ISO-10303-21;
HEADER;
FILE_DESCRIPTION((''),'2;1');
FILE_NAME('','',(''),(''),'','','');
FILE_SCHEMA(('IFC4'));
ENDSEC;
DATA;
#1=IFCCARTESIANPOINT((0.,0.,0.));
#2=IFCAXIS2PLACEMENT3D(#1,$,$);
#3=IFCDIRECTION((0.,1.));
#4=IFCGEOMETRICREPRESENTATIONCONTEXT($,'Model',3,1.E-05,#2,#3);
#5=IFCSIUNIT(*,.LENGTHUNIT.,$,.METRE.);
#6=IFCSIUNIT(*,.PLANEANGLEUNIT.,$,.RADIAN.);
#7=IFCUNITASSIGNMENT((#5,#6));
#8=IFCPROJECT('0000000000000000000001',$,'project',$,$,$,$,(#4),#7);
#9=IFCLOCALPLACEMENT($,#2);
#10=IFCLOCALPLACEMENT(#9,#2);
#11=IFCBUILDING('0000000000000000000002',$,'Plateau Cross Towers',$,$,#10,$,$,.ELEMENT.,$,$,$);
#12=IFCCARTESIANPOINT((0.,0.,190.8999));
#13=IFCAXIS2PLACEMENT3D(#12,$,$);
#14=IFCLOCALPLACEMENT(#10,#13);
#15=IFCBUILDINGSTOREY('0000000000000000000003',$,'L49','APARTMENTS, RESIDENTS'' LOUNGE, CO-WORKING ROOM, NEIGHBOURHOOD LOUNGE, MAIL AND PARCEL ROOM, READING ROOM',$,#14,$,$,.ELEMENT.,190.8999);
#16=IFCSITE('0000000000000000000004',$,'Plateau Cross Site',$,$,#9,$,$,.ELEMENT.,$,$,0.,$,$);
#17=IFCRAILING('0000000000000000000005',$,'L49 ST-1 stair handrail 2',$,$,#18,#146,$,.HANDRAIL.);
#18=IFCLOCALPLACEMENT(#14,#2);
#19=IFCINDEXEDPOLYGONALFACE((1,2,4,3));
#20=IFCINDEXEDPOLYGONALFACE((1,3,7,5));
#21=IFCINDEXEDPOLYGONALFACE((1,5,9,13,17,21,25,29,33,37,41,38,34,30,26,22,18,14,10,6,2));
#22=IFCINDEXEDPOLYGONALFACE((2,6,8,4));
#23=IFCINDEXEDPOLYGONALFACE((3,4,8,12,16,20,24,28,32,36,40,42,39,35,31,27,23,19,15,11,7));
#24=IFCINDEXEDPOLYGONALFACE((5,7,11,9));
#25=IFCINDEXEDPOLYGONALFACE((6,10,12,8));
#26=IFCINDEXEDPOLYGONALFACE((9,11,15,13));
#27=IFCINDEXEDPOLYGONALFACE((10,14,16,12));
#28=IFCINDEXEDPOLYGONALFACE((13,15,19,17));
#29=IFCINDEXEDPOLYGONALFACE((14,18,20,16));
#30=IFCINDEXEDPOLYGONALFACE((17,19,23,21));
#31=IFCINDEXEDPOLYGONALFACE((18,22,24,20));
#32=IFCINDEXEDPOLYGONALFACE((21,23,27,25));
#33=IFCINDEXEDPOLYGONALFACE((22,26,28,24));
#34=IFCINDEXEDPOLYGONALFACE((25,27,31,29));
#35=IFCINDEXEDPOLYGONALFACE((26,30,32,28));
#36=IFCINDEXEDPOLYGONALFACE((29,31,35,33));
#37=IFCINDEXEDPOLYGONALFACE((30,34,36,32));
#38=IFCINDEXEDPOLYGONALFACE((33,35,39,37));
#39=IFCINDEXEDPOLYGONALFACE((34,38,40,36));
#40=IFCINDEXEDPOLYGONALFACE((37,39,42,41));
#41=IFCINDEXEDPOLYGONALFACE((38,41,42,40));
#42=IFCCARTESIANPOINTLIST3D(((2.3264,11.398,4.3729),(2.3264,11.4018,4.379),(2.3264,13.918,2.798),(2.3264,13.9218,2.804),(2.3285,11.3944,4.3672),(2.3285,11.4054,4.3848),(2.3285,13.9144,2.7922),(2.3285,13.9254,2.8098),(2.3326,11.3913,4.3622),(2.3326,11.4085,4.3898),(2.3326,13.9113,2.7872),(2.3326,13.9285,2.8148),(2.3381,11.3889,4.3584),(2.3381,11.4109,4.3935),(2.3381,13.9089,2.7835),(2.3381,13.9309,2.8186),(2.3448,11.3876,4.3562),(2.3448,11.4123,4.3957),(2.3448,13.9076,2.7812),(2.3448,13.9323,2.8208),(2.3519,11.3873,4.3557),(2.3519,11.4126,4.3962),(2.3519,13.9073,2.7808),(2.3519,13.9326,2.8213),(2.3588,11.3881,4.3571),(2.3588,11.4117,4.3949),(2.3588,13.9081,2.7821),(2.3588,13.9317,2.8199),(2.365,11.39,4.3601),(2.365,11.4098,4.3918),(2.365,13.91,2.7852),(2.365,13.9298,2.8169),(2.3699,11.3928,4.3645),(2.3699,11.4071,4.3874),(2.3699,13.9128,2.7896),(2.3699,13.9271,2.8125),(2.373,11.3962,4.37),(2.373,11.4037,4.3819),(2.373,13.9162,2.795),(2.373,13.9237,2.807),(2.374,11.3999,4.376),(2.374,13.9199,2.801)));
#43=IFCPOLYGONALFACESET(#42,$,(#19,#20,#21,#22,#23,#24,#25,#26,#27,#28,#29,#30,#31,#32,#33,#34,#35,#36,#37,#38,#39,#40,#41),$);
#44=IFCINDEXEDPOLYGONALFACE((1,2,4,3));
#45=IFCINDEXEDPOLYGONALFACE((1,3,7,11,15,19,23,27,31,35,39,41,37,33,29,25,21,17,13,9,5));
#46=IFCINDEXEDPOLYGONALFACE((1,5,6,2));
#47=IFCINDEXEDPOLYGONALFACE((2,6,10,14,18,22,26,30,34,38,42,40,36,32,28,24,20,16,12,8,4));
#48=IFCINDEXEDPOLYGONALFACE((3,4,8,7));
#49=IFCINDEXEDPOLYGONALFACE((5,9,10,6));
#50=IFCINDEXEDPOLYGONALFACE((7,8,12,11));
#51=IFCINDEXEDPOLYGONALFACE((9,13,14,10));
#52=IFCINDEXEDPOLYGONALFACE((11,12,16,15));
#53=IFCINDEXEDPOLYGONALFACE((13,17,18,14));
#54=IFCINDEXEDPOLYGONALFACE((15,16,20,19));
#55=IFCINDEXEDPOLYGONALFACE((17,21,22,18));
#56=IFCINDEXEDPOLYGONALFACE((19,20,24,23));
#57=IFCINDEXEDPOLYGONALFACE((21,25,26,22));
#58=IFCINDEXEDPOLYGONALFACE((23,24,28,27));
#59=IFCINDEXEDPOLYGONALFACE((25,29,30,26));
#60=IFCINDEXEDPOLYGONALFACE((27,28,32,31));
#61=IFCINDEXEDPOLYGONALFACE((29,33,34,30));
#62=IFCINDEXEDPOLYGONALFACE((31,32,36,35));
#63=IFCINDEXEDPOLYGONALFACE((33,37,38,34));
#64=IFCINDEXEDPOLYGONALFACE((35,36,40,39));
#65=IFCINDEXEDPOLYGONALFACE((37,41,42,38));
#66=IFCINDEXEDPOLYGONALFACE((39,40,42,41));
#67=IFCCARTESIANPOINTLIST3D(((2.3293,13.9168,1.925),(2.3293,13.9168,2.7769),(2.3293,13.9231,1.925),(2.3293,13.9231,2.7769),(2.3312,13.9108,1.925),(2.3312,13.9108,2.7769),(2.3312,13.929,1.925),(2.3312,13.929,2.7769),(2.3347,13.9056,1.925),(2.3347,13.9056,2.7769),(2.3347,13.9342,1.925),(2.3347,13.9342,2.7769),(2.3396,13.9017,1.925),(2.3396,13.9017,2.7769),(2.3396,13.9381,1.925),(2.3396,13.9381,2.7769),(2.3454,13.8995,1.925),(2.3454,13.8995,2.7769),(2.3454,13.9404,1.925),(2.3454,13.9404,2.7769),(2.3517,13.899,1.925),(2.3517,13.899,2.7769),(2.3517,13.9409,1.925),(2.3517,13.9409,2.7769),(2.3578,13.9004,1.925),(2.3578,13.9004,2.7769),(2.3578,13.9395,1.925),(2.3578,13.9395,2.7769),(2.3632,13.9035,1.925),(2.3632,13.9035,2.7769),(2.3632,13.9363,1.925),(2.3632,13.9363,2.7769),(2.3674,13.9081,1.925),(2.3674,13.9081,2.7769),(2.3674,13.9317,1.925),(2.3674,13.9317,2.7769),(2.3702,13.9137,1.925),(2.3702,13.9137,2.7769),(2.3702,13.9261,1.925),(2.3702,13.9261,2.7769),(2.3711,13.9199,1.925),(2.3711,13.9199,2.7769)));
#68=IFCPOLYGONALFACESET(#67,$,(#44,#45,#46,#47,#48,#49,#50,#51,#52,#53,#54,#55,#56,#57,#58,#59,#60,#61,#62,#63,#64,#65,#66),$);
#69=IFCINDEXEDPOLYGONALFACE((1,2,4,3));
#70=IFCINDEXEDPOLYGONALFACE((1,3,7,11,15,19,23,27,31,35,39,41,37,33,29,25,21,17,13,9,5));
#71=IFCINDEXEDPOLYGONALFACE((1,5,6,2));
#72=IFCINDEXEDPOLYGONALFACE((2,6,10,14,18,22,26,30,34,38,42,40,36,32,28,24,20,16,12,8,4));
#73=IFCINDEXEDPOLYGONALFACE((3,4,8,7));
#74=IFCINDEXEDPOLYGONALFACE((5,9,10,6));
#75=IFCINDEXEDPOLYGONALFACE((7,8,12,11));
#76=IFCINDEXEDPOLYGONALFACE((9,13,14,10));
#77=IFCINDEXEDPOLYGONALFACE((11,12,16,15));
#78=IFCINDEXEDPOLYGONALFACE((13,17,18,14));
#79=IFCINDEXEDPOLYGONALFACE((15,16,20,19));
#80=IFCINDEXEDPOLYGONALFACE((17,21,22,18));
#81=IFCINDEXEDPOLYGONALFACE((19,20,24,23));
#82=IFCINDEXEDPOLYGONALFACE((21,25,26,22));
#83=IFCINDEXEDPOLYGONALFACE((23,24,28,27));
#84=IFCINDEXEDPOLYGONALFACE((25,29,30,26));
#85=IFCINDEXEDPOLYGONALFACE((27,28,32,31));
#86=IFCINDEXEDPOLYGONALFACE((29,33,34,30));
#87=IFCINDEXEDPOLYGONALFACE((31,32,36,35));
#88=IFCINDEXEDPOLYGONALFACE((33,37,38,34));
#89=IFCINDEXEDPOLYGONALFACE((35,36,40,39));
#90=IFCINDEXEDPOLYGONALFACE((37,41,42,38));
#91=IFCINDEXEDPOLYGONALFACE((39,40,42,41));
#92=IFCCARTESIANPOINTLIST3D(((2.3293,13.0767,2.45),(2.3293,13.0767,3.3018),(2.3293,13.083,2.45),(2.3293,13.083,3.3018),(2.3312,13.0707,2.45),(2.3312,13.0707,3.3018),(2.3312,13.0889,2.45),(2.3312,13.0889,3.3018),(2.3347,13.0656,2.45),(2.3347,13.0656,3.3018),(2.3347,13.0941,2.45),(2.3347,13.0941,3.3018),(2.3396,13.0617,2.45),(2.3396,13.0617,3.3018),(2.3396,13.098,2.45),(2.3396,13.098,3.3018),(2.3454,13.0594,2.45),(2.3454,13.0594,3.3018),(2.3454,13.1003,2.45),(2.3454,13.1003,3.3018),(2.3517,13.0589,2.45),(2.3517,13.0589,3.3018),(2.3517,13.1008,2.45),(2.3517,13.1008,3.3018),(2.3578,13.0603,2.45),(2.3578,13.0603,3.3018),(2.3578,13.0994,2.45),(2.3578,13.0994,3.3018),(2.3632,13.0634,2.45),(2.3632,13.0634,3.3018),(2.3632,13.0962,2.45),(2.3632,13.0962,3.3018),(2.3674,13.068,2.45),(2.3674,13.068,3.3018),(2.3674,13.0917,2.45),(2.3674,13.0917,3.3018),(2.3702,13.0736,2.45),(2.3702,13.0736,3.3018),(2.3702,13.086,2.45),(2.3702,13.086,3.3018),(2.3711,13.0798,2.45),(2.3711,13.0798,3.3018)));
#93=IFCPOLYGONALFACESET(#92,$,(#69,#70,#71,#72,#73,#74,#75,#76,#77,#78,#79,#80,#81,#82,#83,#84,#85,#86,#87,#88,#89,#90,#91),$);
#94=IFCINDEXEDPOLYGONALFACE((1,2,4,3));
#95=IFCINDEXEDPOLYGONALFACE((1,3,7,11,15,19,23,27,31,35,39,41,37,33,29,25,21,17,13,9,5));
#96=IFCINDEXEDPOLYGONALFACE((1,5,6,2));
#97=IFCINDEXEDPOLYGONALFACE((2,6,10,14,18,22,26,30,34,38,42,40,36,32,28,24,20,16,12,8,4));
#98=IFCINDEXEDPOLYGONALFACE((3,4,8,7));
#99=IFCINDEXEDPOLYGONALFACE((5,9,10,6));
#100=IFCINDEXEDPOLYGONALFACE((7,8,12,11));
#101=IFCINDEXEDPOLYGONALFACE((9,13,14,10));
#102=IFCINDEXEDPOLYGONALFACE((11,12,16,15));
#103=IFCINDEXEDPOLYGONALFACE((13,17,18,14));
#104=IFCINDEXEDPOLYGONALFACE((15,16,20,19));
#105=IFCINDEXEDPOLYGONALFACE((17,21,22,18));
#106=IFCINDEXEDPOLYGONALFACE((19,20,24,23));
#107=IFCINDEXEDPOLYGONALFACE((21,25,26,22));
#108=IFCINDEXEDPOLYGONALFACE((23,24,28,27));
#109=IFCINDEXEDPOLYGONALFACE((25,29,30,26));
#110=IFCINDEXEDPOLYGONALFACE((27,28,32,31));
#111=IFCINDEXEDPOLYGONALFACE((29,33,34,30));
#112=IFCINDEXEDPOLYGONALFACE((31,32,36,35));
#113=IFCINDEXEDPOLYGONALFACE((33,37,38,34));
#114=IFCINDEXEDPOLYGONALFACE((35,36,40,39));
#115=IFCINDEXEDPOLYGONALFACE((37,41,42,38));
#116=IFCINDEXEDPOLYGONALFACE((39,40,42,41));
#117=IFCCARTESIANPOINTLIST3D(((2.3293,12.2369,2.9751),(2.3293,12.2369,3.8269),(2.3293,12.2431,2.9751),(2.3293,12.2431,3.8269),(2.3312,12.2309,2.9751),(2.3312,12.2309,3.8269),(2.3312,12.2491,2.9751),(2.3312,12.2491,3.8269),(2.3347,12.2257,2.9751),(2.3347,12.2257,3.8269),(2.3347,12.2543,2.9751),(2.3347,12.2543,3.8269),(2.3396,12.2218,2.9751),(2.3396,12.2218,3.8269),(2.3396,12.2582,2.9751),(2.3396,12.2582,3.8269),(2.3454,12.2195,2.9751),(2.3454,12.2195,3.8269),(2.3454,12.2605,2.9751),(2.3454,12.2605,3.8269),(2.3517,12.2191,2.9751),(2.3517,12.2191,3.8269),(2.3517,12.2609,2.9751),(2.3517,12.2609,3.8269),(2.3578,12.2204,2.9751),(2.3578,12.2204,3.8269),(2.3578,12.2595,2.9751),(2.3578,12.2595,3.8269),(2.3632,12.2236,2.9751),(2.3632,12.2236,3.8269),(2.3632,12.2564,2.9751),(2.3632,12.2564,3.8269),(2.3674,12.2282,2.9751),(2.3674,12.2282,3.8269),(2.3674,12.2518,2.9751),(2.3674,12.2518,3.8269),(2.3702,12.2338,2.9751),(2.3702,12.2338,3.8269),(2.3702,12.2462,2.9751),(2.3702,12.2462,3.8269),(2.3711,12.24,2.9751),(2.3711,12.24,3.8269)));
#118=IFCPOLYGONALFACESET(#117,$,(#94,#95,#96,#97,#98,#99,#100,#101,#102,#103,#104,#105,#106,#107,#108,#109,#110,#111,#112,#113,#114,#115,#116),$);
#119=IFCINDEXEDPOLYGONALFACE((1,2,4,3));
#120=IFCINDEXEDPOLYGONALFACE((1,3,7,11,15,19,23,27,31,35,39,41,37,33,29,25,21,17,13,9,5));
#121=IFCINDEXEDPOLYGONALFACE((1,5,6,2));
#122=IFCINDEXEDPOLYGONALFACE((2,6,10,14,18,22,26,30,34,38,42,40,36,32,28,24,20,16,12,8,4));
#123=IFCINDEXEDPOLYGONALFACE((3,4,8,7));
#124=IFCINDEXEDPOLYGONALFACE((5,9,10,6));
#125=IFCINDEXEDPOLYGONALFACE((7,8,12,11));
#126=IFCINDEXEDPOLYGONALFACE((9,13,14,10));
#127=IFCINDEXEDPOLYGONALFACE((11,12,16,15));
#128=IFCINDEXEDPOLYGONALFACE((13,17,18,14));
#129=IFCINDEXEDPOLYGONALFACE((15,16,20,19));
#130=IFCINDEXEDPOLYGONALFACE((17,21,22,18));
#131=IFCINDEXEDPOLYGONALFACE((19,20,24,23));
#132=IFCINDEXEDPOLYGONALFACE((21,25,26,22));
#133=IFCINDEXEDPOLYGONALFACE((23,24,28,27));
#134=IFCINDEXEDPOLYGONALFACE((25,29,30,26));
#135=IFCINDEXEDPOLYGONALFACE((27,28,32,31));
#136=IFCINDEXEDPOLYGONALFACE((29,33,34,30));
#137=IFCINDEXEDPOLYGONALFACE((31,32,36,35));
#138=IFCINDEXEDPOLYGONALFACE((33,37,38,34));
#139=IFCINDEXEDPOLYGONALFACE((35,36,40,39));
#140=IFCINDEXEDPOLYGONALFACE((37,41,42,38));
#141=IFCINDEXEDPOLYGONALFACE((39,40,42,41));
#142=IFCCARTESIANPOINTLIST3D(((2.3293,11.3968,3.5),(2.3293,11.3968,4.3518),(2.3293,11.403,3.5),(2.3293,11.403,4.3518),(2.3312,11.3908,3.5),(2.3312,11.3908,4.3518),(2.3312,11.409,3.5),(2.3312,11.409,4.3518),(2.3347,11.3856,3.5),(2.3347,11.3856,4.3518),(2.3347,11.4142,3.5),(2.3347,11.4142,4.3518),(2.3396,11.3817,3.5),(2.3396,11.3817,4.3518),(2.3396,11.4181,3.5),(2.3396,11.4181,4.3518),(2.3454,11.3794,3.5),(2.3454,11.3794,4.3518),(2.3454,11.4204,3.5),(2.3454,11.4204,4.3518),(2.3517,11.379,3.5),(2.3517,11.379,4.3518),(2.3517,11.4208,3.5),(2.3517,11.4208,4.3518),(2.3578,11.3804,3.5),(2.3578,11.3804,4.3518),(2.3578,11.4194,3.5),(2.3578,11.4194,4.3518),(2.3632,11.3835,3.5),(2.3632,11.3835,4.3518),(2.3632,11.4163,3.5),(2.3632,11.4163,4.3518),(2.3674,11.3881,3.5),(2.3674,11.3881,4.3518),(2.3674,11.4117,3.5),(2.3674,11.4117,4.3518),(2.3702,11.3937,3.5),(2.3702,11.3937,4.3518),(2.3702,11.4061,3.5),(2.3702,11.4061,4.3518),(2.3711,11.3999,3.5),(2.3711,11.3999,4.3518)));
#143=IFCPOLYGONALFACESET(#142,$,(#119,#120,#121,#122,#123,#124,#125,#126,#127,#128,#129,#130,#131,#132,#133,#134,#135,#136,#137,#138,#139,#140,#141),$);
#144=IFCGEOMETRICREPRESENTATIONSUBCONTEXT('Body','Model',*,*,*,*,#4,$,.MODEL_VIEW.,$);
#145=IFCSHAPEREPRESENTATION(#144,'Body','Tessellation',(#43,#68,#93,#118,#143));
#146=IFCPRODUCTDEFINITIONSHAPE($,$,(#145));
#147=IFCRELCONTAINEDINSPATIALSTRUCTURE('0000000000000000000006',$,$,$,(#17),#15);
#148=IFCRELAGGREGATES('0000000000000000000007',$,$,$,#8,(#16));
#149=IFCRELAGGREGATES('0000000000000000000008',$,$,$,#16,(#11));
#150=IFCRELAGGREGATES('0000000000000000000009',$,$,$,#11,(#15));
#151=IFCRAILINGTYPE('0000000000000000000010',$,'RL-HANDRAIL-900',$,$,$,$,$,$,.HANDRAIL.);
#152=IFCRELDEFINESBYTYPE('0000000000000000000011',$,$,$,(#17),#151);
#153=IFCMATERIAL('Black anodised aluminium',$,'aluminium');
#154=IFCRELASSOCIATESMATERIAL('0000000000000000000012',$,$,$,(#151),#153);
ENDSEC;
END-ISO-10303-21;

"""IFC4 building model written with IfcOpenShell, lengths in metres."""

from ifc_helpers import new_model, si_unit, direction, frame, origin, origin_2d, place, context, subcontext, project, spatial, circle, extrude, material, type_object, element, save


model = new_model("IFC4")

# Units and contexts
model_context = context("Model", 3, precision=1e-05, world=origin(), true_north=direction((0.0, 1.0)))
body_context = subcontext(model_context, "Body", "Model", "MODEL_VIEW")
ifc_project = project(units=[si_unit("LENGTHUNIT", "METRE"), si_unit("PLANEANGLEUNIT", "RADIAN")], contexts=[model_context])

# Site, building, storey
site_placement = place(None, origin())
site = spatial("IfcSite", under=ifc_project, at=site_placement, Name="Plateau Cross Site", CompositionType="ELEMENT", RefElevation=0.0)
building_placement = place(site_placement, origin())
building = spatial("IfcBuilding", under=site, at=building_placement, Name="Plateau Cross Towers", CompositionType="ELEMENT")
storey_placement = place(building_placement, frame((0.0, 0.0, 190.8999)))
storey = spatial("IfcBuildingStorey", under=building, at=storey_placement, Name="L49", Description="APARTMENTS, RESIDENTS' LOUNGE, CO-WORKING ROOM, NEIGHBOURHOOD LOUNGE, MAIL AND PARCEL ROOM, READING ROOM", CompositionType="ELEMENT", Elevation=190.8999)

# Shared definitions
ifc_material_1 = material(Name="Black anodised aluminium", Category="aluminium")

# Railing
railing_type_1 = type_object("IfcRailingType", Name="RL-HANDRAIL-900", PredefinedType="HANDRAIL", material=ifc_material_1)
railing_1_placement = place(storey_placement, frame((2.3501, 13.9199, 1.925)))
element("IfcRailing", 1, at=railing_1_placement, inside=storey, type_object=railing_type_1, Name="L49 ST-1 stair handrail 2", PredefinedType="HANDRAIL", context=body_context, shape_type="SweptSolid", body=[
    extrude(circle(Radius=0.0239, at=origin_2d()), frame((0.0, 0.0, 0.876), z_axis=(0.0, -0.848008, 0.529984), x_axis=(1.0, 0.0, 0.0)), (0.0, 0.0, 1.0), 2.9717),
    extrude(circle(Radius=0.021, at=origin_2d()), origin(), (0.0, 0.0, 1.0), 0.8518),
    extrude(circle(Radius=0.021, at=origin_2d()), frame((0.0, -0.8401, 0.5249)), (0.0, 0.0, 1.0), 0.8518),
    extrude(circle(Radius=0.021, at=origin_2d()), frame((0.0, -1.6799, 1.05)), (0.0, 0.0, 1.0), 0.8518),
    extrude(circle(Radius=0.021, at=origin_2d()), frame((0.0, -2.52, 1.575)), (0.0, 0.0, 1.0), 0.8518),
])

save(model, "model.ifc")
